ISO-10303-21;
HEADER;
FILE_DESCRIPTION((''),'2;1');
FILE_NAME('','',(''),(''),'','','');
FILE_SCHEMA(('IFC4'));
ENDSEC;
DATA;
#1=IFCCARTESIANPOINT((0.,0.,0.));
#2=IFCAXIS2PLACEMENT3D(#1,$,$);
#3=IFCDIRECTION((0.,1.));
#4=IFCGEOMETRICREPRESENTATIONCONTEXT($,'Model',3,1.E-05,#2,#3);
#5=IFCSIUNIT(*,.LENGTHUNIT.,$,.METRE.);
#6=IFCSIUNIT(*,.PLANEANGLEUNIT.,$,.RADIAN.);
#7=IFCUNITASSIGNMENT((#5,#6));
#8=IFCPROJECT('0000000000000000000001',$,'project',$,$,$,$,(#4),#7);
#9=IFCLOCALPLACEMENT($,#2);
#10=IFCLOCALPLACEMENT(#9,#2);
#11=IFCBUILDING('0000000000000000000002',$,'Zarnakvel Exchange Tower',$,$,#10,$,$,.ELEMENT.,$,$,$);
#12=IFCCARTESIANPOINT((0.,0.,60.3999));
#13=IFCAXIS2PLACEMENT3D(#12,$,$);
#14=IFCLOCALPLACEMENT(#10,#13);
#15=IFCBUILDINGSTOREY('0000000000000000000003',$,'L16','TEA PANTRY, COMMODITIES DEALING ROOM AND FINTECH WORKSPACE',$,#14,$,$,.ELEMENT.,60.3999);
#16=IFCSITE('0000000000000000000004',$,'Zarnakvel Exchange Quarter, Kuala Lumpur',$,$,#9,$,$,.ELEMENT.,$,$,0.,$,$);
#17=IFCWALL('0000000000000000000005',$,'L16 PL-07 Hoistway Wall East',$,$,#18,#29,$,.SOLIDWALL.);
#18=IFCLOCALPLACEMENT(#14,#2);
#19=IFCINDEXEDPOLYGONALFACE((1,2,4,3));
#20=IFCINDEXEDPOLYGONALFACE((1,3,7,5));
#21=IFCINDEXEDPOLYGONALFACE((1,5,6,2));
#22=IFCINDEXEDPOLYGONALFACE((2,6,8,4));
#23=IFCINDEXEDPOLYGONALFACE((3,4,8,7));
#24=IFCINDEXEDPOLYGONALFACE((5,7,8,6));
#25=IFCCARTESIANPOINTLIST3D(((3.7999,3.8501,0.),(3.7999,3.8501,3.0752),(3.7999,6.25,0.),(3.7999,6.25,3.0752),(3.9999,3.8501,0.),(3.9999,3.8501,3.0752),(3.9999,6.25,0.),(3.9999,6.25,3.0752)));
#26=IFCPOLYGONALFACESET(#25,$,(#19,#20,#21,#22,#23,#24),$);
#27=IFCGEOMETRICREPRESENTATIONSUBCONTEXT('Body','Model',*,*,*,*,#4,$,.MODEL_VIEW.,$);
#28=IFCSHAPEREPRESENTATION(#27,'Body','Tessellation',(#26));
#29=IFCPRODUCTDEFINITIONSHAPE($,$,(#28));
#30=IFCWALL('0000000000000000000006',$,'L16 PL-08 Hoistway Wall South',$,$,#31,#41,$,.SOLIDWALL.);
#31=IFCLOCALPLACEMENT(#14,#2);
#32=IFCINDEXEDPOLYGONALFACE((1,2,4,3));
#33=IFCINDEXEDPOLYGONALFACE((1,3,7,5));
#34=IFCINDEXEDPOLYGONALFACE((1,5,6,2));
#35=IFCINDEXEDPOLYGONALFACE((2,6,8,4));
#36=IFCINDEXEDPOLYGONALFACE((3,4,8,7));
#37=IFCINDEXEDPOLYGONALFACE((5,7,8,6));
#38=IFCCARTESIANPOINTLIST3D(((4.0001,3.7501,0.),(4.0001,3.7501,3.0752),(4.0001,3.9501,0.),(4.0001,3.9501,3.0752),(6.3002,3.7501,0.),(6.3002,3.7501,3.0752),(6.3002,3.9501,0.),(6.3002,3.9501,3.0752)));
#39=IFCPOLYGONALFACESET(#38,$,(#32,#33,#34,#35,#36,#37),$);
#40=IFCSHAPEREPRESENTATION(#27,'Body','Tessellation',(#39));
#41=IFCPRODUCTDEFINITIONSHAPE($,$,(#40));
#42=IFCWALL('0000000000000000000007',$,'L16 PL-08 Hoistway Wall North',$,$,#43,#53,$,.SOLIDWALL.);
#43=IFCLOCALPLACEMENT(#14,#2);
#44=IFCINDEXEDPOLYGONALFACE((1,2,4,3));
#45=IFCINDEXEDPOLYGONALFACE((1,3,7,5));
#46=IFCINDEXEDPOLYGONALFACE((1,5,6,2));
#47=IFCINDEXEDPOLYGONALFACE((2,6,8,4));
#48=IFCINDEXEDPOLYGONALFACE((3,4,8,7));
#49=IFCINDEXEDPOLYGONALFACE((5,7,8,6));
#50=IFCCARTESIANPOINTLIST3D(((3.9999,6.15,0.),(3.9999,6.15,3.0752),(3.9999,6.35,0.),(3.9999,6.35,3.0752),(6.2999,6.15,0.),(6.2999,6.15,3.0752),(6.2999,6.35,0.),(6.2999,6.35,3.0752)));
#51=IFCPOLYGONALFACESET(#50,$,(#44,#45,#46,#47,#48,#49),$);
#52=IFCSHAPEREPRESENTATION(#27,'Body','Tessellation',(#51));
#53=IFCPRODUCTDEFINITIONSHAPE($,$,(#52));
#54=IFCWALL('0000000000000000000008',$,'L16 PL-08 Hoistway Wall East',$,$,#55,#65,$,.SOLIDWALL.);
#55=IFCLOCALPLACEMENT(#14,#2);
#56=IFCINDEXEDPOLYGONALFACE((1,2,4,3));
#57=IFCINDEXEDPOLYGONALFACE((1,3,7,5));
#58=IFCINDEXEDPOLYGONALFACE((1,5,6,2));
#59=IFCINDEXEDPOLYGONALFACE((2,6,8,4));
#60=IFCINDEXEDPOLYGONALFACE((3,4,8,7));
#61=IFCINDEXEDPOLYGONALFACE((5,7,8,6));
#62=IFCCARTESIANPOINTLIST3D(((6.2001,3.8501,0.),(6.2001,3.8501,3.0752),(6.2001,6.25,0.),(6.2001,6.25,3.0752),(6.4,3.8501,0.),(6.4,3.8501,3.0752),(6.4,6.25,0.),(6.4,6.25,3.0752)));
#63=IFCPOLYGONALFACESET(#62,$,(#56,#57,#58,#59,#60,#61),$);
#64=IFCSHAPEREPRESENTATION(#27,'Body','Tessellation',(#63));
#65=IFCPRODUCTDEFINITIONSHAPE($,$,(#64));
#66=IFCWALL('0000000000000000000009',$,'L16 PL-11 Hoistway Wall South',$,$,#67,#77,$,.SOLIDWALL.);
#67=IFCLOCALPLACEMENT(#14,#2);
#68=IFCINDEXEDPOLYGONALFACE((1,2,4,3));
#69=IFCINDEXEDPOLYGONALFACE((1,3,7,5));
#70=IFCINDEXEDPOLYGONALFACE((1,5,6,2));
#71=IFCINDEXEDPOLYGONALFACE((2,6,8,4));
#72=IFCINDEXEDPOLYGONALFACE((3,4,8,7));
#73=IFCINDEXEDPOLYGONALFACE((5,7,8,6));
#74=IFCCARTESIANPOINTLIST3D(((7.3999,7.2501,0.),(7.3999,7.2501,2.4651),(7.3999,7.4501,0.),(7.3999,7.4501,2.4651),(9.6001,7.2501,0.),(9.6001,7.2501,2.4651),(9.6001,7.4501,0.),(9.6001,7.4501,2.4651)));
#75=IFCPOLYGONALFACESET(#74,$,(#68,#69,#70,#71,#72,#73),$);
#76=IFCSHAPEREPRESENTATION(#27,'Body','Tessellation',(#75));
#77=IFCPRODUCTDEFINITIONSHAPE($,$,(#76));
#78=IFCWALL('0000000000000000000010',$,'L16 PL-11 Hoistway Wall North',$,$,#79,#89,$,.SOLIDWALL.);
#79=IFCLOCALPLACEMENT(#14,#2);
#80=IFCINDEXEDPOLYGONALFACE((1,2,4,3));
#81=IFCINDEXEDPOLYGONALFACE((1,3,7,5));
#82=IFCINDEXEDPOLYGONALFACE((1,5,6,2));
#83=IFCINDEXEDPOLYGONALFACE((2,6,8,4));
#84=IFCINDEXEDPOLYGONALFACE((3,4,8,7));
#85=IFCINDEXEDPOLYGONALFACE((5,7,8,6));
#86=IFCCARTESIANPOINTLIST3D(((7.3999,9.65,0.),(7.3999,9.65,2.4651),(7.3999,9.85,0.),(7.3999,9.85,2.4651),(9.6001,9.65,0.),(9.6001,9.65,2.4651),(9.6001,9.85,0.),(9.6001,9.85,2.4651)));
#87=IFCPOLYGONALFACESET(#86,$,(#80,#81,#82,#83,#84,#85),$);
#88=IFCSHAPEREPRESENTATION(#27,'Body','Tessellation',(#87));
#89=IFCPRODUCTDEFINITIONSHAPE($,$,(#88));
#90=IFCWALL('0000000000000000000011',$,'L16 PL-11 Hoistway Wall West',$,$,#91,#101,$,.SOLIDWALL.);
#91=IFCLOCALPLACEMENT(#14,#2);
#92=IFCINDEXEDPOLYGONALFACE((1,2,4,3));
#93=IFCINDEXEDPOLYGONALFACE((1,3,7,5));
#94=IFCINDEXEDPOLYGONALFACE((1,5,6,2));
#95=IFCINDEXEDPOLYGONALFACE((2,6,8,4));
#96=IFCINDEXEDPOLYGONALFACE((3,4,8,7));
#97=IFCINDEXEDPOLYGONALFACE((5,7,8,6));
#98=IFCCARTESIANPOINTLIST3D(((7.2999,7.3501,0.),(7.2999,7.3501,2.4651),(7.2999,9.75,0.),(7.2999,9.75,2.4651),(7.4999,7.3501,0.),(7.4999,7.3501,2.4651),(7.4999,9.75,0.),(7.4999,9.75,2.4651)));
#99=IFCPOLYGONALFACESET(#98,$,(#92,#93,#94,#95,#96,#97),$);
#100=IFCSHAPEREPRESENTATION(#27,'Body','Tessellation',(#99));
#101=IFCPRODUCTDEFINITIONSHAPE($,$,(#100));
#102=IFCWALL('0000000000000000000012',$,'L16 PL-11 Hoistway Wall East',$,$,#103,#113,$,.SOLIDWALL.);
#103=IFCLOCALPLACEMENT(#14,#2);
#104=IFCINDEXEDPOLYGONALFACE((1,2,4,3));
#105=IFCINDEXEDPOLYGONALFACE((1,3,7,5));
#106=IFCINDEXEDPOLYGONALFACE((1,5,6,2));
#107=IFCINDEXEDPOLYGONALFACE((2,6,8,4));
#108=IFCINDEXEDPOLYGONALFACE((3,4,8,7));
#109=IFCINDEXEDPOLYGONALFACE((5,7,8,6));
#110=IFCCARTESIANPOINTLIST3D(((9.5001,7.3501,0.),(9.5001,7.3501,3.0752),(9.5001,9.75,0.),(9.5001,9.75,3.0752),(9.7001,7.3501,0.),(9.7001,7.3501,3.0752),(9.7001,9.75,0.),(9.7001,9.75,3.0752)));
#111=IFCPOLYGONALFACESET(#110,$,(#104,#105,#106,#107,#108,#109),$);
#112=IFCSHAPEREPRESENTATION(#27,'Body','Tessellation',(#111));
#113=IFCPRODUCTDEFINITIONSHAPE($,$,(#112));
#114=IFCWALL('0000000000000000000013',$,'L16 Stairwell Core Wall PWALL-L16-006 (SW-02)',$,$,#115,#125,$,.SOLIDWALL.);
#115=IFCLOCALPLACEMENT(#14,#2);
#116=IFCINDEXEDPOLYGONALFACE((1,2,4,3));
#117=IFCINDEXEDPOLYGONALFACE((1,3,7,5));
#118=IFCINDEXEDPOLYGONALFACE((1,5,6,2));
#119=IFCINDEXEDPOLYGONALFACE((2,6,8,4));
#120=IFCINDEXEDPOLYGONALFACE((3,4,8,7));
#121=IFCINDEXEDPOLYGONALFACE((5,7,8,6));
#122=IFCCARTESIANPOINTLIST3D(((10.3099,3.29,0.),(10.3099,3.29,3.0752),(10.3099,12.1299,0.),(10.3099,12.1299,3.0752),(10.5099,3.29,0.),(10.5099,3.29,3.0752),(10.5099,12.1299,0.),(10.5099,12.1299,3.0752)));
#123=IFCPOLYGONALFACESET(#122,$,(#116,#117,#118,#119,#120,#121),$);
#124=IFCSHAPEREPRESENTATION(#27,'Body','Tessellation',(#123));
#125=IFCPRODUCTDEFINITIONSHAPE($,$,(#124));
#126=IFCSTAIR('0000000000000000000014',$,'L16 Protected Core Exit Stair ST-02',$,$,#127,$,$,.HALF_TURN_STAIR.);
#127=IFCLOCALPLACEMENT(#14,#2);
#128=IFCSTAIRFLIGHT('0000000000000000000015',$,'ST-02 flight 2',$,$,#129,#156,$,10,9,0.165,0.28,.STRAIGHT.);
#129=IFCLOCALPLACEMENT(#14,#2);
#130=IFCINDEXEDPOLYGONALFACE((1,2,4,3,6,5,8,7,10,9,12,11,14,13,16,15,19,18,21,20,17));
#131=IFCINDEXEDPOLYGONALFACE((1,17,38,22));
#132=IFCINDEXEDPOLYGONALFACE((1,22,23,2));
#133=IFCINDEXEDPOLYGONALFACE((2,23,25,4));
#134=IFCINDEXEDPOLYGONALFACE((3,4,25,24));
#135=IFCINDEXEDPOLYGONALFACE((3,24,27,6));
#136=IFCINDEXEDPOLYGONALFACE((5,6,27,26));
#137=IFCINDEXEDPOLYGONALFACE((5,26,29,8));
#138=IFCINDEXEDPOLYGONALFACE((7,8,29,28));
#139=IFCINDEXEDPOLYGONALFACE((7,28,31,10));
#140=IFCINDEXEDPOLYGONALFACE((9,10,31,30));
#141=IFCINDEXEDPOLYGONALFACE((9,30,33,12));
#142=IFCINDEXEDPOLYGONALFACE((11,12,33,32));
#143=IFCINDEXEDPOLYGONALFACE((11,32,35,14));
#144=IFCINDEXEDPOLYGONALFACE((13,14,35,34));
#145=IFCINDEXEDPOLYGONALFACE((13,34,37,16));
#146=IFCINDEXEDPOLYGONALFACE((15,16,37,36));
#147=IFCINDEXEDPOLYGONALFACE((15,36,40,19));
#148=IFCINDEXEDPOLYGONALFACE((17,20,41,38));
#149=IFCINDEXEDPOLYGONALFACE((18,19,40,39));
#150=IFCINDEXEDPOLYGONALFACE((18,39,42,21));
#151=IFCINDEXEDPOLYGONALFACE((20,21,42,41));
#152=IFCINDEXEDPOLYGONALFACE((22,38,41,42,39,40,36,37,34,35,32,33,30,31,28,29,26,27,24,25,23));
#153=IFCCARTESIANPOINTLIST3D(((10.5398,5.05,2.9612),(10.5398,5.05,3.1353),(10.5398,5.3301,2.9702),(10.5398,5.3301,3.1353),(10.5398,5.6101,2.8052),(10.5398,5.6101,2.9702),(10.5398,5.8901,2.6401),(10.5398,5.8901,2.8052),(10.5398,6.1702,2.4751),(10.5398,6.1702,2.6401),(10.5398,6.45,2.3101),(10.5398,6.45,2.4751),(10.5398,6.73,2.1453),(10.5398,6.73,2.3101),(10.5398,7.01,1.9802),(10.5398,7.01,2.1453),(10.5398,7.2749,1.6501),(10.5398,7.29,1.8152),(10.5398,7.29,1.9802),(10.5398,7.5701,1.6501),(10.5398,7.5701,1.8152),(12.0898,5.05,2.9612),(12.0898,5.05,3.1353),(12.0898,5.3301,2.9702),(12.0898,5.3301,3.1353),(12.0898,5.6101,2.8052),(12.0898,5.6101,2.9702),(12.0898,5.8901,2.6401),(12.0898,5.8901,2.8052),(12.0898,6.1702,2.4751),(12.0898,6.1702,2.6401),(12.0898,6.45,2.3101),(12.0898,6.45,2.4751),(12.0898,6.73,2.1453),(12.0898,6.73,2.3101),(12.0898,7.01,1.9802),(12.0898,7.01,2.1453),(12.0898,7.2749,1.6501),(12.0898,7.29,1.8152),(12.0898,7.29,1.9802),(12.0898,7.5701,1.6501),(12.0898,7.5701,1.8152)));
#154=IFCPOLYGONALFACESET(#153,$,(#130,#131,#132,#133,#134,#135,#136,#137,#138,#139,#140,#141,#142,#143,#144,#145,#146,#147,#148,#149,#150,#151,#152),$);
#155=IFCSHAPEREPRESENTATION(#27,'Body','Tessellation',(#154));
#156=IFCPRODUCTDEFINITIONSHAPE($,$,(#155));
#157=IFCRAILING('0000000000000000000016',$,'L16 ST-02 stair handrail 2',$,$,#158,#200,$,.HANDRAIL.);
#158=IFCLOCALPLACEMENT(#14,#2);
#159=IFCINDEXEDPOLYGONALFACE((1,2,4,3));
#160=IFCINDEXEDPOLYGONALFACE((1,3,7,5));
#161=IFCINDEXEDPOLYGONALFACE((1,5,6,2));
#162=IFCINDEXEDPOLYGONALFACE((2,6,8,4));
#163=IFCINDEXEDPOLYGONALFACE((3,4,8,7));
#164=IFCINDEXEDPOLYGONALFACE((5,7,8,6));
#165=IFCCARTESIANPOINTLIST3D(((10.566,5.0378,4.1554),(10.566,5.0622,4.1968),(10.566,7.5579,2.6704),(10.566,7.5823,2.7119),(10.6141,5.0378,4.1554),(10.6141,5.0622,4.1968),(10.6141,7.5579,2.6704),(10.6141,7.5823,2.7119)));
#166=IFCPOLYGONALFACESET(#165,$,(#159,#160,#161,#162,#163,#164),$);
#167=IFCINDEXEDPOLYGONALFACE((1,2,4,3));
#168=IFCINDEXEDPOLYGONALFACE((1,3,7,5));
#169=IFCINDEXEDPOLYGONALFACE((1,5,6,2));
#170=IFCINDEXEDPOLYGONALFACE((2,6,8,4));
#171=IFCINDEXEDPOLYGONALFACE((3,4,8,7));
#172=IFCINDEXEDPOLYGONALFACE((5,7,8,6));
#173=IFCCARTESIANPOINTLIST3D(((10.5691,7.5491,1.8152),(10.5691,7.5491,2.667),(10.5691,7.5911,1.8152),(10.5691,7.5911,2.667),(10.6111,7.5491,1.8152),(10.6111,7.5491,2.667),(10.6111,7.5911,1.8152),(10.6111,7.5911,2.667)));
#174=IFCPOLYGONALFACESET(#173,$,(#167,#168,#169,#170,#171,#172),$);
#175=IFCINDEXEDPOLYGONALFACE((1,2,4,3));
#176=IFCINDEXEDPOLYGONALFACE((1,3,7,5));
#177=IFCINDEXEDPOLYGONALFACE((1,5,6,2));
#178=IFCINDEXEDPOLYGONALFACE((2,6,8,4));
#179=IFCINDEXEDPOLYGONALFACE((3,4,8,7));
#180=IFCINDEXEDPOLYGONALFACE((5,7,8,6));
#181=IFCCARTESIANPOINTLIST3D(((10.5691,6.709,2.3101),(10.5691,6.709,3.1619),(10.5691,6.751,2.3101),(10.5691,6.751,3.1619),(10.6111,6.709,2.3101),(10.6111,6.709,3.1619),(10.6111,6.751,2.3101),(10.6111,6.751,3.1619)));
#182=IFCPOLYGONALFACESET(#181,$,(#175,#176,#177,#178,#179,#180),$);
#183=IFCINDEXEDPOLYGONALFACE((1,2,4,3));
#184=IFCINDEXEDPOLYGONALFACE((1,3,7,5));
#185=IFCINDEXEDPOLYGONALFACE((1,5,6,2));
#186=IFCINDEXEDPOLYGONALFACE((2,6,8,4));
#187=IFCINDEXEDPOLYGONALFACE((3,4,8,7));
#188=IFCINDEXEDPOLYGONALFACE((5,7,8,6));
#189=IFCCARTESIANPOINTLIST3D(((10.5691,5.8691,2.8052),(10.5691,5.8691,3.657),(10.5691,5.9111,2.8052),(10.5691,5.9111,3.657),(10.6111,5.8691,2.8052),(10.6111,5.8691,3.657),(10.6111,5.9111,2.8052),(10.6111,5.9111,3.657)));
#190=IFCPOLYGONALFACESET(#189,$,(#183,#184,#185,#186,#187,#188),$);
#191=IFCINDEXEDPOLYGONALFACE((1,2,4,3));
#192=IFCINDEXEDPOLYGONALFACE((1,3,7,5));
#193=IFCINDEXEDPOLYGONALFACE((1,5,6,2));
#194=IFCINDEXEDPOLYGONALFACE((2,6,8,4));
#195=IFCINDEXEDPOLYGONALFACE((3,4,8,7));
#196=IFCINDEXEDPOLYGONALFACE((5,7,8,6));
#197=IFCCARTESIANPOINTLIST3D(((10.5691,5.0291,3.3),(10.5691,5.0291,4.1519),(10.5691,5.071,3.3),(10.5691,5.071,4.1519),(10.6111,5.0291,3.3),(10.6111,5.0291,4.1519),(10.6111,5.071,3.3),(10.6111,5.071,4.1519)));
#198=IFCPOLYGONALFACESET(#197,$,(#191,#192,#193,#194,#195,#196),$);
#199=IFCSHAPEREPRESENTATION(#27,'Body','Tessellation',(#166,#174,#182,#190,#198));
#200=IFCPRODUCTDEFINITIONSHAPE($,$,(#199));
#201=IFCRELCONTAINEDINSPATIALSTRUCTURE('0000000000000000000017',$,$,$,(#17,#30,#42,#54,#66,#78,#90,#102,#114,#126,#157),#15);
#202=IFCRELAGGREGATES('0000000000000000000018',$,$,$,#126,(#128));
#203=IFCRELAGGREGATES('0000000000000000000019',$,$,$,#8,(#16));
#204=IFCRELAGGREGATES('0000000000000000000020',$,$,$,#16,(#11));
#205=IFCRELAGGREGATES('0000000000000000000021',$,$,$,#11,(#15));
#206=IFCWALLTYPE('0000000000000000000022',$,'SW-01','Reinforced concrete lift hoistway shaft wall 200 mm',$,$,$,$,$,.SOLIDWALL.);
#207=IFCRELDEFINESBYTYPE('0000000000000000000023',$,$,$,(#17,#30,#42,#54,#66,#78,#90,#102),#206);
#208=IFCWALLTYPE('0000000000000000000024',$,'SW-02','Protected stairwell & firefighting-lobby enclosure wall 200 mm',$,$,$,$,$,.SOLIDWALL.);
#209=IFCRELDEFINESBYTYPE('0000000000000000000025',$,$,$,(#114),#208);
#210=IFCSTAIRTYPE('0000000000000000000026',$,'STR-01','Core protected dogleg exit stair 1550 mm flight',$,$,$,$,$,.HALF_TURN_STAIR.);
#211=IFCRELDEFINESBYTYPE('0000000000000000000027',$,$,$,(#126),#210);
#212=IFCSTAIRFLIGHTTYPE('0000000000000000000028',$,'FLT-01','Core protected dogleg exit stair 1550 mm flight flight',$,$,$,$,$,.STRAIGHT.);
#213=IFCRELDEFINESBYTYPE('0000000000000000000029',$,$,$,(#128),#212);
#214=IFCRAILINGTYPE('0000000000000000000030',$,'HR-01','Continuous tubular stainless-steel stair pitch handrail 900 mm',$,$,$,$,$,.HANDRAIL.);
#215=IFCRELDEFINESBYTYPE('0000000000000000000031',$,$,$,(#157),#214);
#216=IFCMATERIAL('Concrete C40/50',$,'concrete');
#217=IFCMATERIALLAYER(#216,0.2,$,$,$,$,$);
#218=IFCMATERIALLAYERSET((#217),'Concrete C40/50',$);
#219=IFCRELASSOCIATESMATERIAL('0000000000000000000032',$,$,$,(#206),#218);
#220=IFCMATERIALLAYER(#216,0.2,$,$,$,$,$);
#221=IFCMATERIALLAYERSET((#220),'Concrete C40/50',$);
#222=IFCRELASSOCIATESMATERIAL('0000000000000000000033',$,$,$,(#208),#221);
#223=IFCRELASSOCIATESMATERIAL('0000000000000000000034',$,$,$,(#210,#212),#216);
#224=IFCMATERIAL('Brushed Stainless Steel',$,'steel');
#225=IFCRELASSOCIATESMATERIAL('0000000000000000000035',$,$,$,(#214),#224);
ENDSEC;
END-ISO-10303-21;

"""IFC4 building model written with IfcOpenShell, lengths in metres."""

from ifc_helpers import new_model, si_unit, direction, frame, frame_2d, origin, origin_2d, place, context, subcontext, project, spatial, polyline, rectangle, outline, extrude, material, layer, layer_set, type_object, element, aggregate, save


model = new_model("IFC4")

# Units and contexts
model_context = context("Model", 3, precision=1e-05, world=origin(), true_north=direction((0.0, 1.0)))
body_context = subcontext(model_context, "Body", "Model", "MODEL_VIEW")
ifc_project = project(units=[si_unit("LENGTHUNIT", "METRE"), si_unit("PLANEANGLEUNIT", "RADIAN")], contexts=[model_context])

# Site, building, storey
site_placement = place(None, origin())
site = spatial("IfcSite", under=ifc_project, at=site_placement, Name="Zarnakvel Exchange Quarter, Kuala Lumpur", CompositionType="ELEMENT", RefElevation=0.0)
building_placement = place(site_placement, origin())
building = spatial("IfcBuilding", under=site, at=building_placement, Name="Zarnakvel Exchange Tower", CompositionType="ELEMENT")
storey_placement = place(building_placement, frame((0.0, 0.0, 60.3999)))
storey = spatial("IfcBuildingStorey", under=building, at=storey_placement, Name="L16", Description="TEA PANTRY, COMMODITIES DEALING ROOM AND FINTECH WORKSPACE", CompositionType="ELEMENT", Elevation=60.3999)

# Shared definitions
ifc_material_1 = material(Name="Concrete C40/50", Category="concrete")
ifc_layer_1 = layer(ifc_material_1, 0.2)
ifc_layer_set_1 = layer_set([ifc_layer_1], Name="Concrete C40/50")
wall_type_1 = type_object("IfcWallType", Name="SW-01", Description="Reinforced concrete lift hoistway shaft wall 200 mm", PredefinedType="SOLIDWALL", material=ifc_layer_set_1)
ifc_material_2 = material(Name="Brushed Stainless Steel", Category="steel")

# Walls
for number, where, z_axis, x_axis, name in (
    (1, (3.8999, 6.25, 0.0), (0.0, 0.0, 1.0), (0.0, -1.0, 0.0), "L16 PL-07 Hoistway Wall East"),
):
    element("IfcWall", number, at=place(storey_placement, frame(where, z_axis=z_axis, x_axis=x_axis)), inside=storey, type_object=wall_type_1, Name=name, PredefinedType="SOLIDWALL", context=body_context, shape_type="SweptSolid", body=[
        extrude(rectangle(XDim=2.3999, YDim=0.2, at=frame_2d((1.2, 0.0))), origin(), (0.0, 0.0, 1.0), 3.0752),
    ])
for number, where, z_axis, x_axis, name in (
    (2, (6.3, 3.8501, 0.0), (0.0, 0.0, 1.0), (-1.0, 0.0, 0.0), "L16 PL-08 Hoistway Wall South"),
    (3, (4.0, 6.25, 0.0), (0.0, 0.0, 1.0), (1.0, 0.0, 0.0), "L16 PL-08 Hoistway Wall North"),
):
    element("IfcWall", number, at=place(storey_placement, frame(where, z_axis=z_axis, x_axis=x_axis)), inside=storey, type_object=wall_type_1, Name=name, PredefinedType="SOLIDWALL", context=body_context, shape_type="SweptSolid", body=[
        extrude(rectangle(XDim=2.3, YDim=0.2, at=frame_2d((1.1499, 0.0))), origin(), (0.0, 0.0, 1.0), 3.0752),
    ])
wall_1_placement = place(storey_placement, frame((6.3, 6.25, 0.0), z_axis=(0.0, 0.0, 1.0), x_axis=(0.0, -1.0, 0.0)))
element("IfcWall", 4, at=wall_1_placement, inside=storey, type_object=wall_type_1, Name="L16 PL-08 Hoistway Wall East", PredefinedType="SOLIDWALL", context=body_context, shape_type="SweptSolid", body=[
    extrude(rectangle(XDim=2.3999, YDim=0.2, at=frame_2d((1.2, 0.0))), origin(), (0.0, 0.0, 1.0), 3.0752),
])
for number, where, z_axis, x_axis, name in (
    (5, (9.6001, 7.3501, 0.0), (0.0, 0.0, 1.0), (-1.0, 0.0, 0.0), "L16 PL-11 Hoistway Wall South"),
    (6, (7.3999, 9.75, 0.0), (0.0, 0.0, 1.0), (1.0, 0.0, 0.0), "L16 PL-11 Hoistway Wall North"),
):
    element("IfcWall", number, at=place(storey_placement, frame(where, z_axis=z_axis, x_axis=x_axis)), inside=storey, type_object=wall_type_1, Name=name, PredefinedType="SOLIDWALL", context=body_context, shape_type="SweptSolid", body=[
        extrude(rectangle(XDim=2.2002, YDim=0.2, at=frame_2d((1.1001, 0.0))), origin(), (0.0, 0.0, 1.0), 2.4651),
    ])
wall_2_placement = place(storey_placement, frame((7.3999, 7.3501, 0.0), z_axis=(0.0, 0.0, 1.0), x_axis=(0.0, 1.0, 0.0)))
element("IfcWall", 7, at=wall_2_placement, inside=storey, type_object=wall_type_1, Name="L16 PL-11 Hoistway Wall West", PredefinedType="SOLIDWALL", context=body_context, shape_type="SweptSolid", body=[
    extrude(rectangle(XDim=2.3999, YDim=0.2, at=frame_2d((1.2, 0.0))), origin(), (0.0, 0.0, 1.0), 2.4651),
])
wall_3_placement = place(storey_placement, frame((9.6001, 9.75, 0.0), z_axis=(0.0, 0.0, 1.0), x_axis=(0.0, -1.0, 0.0)))
element("IfcWall", 8, at=wall_3_placement, inside=storey, type_object=wall_type_1, Name="L16 PL-11 Hoistway Wall East", PredefinedType="SOLIDWALL", context=body_context, shape_type="SweptSolid", body=[
    extrude(rectangle(XDim=2.3999, YDim=0.2, at=frame_2d((1.2, 0.0))), origin(), (0.0, 0.0, 1.0), 3.0752),
])
ifc_layer_2 = layer(ifc_material_1, 0.2)
ifc_layer_set_2 = layer_set([ifc_layer_2], Name="Concrete C40/50")
wall_type_2 = type_object("IfcWallType", Name="SW-02", Description="Protected stairwell & firefighting-lobby enclosure wall 200 mm", PredefinedType="SOLIDWALL", material=ifc_layer_set_2)
wall_4_placement = place(storey_placement, frame((10.4099, 3.29, 0.0), z_axis=(0.0, 0.0, 1.0), x_axis=(0.0, 1.0, 0.0)))
element("IfcWall", 9, at=wall_4_placement, inside=storey, type_object=wall_type_2, Name="L16 Stairwell Core Wall PWALL-L16-006 (SW-02)", PredefinedType="SOLIDWALL", context=body_context, shape_type="SweptSolid", body=[
    extrude(rectangle(XDim=8.8398, YDim=0.2, at=frame_2d((4.4199, 0.0))), origin(), (0.0, 0.0, 1.0), 3.0752),
])

# Stair, stair flight
stair_type = type_object("IfcStairType", Name="STR-01", Description="Core protected dogleg exit stair 1550 mm flight", PredefinedType="HALF_TURN_STAIR", material=ifc_material_1)
stair_placement = place(storey_placement, origin())
stair = element("IfcStair", 10, at=stair_placement, inside=storey, type_object=stair_type, Name="L16 Protected Core Exit Stair ST-02", PredefinedType="HALF_TURN_STAIR")
stair_flight_type = type_object("IfcStairFlightType", Name="FLT-01", Description="Core protected dogleg exit stair 1550 mm flight flight", PredefinedType="STRAIGHT", material=ifc_material_1)
stair_flight_placement = place(storey_placement, frame((11.3149, 7.5701, 1.6501), z_axis=(0.0, 0.0, 1.0), x_axis=(0.0, -1.0, 0.0)))
stair_flight = element("IfcStairFlight", 11, at=stair_flight_placement, type_object=stair_flight_type, Name="ST-02 flight 2", NumberOfRisers=10, NumberOfTreads=9, PredefinedType="STRAIGHT", RiserHeight=0.165, TreadLength=0.28, context=body_context, shape_type="SweptSolid", body=[
    extrude(outline(polyline([(0.0, 0.0), (0.0, 0.165), (0.28, 0.165), (0.28, 0.3301), (0.5601, 0.3301), (0.5601, 0.4951), (0.8401, 0.4951), (0.8401, 0.6599), (1.1201, 0.6599), (1.1201, 0.825), (1.3999, 0.825), (1.3999, 0.99), (1.6799, 0.99), (1.6799, 1.155), (1.96, 1.155), (1.96, 1.3201), (2.24, 1.3201), (2.24, 1.4851), (2.52, 1.4851), (2.52, 1.6499), (2.52, 1.311), (0.2952, 0.0), (0.0, 0.0)])), frame((0.0, 0.7749, 0.0), z_axis=(0.0, -1.0, 0.0), x_axis=(1.0, 0.0, 0.0)), (0.0, 0.0, 1.0), 1.55),
])
aggregate(stair, [stair_flight])

# Railing
railing_type_1 = type_object("IfcRailingType", Name="HR-01", Description="Continuous tubular stainless-steel stair pitch handrail 900 mm", PredefinedType="HANDRAIL", material=ifc_material_2)
railing_1_placement = place(storey_placement, frame((10.5901, 7.5701, 1.8152)))
element("IfcRailing", 12, at=railing_1_placement, inside=storey, type_object=railing_type_1, Name="L16 ST-02 stair handrail 2", PredefinedType="HANDRAIL", context=body_context, shape_type="SweptSolid", body=[
    extrude(rectangle(XDim=0.0481, YDim=0.0481, at=origin_2d()), frame((0.0, 0.0, 0.876), z_axis=(0.0, -0.861561, 0.507655), x_axis=(1.0, 0.0, 0.0)), (0.0, 0.0, 1.0), 2.925),
    extrude(rectangle(XDim=0.042, YDim=0.042, at=origin_2d()), origin(), (0.0, 0.0, 1.0), 0.8518),
    extrude(rectangle(XDim=0.042, YDim=0.042, at=origin_2d()), frame((0.0, -0.8401, 0.4949)), (0.0, 0.0, 1.0), 0.8518),
    extrude(rectangle(XDim=0.042, YDim=0.042, at=origin_2d()), frame((0.0, -1.6799, 0.99)), (0.0, 0.0, 1.0), 0.8518),
    extrude(rectangle(XDim=0.042, YDim=0.042, at=origin_2d()), frame((0.0, -2.52, 1.4849)), (0.0, 0.0, 1.0), 0.8518),
])

save(model, "model.ifc")
